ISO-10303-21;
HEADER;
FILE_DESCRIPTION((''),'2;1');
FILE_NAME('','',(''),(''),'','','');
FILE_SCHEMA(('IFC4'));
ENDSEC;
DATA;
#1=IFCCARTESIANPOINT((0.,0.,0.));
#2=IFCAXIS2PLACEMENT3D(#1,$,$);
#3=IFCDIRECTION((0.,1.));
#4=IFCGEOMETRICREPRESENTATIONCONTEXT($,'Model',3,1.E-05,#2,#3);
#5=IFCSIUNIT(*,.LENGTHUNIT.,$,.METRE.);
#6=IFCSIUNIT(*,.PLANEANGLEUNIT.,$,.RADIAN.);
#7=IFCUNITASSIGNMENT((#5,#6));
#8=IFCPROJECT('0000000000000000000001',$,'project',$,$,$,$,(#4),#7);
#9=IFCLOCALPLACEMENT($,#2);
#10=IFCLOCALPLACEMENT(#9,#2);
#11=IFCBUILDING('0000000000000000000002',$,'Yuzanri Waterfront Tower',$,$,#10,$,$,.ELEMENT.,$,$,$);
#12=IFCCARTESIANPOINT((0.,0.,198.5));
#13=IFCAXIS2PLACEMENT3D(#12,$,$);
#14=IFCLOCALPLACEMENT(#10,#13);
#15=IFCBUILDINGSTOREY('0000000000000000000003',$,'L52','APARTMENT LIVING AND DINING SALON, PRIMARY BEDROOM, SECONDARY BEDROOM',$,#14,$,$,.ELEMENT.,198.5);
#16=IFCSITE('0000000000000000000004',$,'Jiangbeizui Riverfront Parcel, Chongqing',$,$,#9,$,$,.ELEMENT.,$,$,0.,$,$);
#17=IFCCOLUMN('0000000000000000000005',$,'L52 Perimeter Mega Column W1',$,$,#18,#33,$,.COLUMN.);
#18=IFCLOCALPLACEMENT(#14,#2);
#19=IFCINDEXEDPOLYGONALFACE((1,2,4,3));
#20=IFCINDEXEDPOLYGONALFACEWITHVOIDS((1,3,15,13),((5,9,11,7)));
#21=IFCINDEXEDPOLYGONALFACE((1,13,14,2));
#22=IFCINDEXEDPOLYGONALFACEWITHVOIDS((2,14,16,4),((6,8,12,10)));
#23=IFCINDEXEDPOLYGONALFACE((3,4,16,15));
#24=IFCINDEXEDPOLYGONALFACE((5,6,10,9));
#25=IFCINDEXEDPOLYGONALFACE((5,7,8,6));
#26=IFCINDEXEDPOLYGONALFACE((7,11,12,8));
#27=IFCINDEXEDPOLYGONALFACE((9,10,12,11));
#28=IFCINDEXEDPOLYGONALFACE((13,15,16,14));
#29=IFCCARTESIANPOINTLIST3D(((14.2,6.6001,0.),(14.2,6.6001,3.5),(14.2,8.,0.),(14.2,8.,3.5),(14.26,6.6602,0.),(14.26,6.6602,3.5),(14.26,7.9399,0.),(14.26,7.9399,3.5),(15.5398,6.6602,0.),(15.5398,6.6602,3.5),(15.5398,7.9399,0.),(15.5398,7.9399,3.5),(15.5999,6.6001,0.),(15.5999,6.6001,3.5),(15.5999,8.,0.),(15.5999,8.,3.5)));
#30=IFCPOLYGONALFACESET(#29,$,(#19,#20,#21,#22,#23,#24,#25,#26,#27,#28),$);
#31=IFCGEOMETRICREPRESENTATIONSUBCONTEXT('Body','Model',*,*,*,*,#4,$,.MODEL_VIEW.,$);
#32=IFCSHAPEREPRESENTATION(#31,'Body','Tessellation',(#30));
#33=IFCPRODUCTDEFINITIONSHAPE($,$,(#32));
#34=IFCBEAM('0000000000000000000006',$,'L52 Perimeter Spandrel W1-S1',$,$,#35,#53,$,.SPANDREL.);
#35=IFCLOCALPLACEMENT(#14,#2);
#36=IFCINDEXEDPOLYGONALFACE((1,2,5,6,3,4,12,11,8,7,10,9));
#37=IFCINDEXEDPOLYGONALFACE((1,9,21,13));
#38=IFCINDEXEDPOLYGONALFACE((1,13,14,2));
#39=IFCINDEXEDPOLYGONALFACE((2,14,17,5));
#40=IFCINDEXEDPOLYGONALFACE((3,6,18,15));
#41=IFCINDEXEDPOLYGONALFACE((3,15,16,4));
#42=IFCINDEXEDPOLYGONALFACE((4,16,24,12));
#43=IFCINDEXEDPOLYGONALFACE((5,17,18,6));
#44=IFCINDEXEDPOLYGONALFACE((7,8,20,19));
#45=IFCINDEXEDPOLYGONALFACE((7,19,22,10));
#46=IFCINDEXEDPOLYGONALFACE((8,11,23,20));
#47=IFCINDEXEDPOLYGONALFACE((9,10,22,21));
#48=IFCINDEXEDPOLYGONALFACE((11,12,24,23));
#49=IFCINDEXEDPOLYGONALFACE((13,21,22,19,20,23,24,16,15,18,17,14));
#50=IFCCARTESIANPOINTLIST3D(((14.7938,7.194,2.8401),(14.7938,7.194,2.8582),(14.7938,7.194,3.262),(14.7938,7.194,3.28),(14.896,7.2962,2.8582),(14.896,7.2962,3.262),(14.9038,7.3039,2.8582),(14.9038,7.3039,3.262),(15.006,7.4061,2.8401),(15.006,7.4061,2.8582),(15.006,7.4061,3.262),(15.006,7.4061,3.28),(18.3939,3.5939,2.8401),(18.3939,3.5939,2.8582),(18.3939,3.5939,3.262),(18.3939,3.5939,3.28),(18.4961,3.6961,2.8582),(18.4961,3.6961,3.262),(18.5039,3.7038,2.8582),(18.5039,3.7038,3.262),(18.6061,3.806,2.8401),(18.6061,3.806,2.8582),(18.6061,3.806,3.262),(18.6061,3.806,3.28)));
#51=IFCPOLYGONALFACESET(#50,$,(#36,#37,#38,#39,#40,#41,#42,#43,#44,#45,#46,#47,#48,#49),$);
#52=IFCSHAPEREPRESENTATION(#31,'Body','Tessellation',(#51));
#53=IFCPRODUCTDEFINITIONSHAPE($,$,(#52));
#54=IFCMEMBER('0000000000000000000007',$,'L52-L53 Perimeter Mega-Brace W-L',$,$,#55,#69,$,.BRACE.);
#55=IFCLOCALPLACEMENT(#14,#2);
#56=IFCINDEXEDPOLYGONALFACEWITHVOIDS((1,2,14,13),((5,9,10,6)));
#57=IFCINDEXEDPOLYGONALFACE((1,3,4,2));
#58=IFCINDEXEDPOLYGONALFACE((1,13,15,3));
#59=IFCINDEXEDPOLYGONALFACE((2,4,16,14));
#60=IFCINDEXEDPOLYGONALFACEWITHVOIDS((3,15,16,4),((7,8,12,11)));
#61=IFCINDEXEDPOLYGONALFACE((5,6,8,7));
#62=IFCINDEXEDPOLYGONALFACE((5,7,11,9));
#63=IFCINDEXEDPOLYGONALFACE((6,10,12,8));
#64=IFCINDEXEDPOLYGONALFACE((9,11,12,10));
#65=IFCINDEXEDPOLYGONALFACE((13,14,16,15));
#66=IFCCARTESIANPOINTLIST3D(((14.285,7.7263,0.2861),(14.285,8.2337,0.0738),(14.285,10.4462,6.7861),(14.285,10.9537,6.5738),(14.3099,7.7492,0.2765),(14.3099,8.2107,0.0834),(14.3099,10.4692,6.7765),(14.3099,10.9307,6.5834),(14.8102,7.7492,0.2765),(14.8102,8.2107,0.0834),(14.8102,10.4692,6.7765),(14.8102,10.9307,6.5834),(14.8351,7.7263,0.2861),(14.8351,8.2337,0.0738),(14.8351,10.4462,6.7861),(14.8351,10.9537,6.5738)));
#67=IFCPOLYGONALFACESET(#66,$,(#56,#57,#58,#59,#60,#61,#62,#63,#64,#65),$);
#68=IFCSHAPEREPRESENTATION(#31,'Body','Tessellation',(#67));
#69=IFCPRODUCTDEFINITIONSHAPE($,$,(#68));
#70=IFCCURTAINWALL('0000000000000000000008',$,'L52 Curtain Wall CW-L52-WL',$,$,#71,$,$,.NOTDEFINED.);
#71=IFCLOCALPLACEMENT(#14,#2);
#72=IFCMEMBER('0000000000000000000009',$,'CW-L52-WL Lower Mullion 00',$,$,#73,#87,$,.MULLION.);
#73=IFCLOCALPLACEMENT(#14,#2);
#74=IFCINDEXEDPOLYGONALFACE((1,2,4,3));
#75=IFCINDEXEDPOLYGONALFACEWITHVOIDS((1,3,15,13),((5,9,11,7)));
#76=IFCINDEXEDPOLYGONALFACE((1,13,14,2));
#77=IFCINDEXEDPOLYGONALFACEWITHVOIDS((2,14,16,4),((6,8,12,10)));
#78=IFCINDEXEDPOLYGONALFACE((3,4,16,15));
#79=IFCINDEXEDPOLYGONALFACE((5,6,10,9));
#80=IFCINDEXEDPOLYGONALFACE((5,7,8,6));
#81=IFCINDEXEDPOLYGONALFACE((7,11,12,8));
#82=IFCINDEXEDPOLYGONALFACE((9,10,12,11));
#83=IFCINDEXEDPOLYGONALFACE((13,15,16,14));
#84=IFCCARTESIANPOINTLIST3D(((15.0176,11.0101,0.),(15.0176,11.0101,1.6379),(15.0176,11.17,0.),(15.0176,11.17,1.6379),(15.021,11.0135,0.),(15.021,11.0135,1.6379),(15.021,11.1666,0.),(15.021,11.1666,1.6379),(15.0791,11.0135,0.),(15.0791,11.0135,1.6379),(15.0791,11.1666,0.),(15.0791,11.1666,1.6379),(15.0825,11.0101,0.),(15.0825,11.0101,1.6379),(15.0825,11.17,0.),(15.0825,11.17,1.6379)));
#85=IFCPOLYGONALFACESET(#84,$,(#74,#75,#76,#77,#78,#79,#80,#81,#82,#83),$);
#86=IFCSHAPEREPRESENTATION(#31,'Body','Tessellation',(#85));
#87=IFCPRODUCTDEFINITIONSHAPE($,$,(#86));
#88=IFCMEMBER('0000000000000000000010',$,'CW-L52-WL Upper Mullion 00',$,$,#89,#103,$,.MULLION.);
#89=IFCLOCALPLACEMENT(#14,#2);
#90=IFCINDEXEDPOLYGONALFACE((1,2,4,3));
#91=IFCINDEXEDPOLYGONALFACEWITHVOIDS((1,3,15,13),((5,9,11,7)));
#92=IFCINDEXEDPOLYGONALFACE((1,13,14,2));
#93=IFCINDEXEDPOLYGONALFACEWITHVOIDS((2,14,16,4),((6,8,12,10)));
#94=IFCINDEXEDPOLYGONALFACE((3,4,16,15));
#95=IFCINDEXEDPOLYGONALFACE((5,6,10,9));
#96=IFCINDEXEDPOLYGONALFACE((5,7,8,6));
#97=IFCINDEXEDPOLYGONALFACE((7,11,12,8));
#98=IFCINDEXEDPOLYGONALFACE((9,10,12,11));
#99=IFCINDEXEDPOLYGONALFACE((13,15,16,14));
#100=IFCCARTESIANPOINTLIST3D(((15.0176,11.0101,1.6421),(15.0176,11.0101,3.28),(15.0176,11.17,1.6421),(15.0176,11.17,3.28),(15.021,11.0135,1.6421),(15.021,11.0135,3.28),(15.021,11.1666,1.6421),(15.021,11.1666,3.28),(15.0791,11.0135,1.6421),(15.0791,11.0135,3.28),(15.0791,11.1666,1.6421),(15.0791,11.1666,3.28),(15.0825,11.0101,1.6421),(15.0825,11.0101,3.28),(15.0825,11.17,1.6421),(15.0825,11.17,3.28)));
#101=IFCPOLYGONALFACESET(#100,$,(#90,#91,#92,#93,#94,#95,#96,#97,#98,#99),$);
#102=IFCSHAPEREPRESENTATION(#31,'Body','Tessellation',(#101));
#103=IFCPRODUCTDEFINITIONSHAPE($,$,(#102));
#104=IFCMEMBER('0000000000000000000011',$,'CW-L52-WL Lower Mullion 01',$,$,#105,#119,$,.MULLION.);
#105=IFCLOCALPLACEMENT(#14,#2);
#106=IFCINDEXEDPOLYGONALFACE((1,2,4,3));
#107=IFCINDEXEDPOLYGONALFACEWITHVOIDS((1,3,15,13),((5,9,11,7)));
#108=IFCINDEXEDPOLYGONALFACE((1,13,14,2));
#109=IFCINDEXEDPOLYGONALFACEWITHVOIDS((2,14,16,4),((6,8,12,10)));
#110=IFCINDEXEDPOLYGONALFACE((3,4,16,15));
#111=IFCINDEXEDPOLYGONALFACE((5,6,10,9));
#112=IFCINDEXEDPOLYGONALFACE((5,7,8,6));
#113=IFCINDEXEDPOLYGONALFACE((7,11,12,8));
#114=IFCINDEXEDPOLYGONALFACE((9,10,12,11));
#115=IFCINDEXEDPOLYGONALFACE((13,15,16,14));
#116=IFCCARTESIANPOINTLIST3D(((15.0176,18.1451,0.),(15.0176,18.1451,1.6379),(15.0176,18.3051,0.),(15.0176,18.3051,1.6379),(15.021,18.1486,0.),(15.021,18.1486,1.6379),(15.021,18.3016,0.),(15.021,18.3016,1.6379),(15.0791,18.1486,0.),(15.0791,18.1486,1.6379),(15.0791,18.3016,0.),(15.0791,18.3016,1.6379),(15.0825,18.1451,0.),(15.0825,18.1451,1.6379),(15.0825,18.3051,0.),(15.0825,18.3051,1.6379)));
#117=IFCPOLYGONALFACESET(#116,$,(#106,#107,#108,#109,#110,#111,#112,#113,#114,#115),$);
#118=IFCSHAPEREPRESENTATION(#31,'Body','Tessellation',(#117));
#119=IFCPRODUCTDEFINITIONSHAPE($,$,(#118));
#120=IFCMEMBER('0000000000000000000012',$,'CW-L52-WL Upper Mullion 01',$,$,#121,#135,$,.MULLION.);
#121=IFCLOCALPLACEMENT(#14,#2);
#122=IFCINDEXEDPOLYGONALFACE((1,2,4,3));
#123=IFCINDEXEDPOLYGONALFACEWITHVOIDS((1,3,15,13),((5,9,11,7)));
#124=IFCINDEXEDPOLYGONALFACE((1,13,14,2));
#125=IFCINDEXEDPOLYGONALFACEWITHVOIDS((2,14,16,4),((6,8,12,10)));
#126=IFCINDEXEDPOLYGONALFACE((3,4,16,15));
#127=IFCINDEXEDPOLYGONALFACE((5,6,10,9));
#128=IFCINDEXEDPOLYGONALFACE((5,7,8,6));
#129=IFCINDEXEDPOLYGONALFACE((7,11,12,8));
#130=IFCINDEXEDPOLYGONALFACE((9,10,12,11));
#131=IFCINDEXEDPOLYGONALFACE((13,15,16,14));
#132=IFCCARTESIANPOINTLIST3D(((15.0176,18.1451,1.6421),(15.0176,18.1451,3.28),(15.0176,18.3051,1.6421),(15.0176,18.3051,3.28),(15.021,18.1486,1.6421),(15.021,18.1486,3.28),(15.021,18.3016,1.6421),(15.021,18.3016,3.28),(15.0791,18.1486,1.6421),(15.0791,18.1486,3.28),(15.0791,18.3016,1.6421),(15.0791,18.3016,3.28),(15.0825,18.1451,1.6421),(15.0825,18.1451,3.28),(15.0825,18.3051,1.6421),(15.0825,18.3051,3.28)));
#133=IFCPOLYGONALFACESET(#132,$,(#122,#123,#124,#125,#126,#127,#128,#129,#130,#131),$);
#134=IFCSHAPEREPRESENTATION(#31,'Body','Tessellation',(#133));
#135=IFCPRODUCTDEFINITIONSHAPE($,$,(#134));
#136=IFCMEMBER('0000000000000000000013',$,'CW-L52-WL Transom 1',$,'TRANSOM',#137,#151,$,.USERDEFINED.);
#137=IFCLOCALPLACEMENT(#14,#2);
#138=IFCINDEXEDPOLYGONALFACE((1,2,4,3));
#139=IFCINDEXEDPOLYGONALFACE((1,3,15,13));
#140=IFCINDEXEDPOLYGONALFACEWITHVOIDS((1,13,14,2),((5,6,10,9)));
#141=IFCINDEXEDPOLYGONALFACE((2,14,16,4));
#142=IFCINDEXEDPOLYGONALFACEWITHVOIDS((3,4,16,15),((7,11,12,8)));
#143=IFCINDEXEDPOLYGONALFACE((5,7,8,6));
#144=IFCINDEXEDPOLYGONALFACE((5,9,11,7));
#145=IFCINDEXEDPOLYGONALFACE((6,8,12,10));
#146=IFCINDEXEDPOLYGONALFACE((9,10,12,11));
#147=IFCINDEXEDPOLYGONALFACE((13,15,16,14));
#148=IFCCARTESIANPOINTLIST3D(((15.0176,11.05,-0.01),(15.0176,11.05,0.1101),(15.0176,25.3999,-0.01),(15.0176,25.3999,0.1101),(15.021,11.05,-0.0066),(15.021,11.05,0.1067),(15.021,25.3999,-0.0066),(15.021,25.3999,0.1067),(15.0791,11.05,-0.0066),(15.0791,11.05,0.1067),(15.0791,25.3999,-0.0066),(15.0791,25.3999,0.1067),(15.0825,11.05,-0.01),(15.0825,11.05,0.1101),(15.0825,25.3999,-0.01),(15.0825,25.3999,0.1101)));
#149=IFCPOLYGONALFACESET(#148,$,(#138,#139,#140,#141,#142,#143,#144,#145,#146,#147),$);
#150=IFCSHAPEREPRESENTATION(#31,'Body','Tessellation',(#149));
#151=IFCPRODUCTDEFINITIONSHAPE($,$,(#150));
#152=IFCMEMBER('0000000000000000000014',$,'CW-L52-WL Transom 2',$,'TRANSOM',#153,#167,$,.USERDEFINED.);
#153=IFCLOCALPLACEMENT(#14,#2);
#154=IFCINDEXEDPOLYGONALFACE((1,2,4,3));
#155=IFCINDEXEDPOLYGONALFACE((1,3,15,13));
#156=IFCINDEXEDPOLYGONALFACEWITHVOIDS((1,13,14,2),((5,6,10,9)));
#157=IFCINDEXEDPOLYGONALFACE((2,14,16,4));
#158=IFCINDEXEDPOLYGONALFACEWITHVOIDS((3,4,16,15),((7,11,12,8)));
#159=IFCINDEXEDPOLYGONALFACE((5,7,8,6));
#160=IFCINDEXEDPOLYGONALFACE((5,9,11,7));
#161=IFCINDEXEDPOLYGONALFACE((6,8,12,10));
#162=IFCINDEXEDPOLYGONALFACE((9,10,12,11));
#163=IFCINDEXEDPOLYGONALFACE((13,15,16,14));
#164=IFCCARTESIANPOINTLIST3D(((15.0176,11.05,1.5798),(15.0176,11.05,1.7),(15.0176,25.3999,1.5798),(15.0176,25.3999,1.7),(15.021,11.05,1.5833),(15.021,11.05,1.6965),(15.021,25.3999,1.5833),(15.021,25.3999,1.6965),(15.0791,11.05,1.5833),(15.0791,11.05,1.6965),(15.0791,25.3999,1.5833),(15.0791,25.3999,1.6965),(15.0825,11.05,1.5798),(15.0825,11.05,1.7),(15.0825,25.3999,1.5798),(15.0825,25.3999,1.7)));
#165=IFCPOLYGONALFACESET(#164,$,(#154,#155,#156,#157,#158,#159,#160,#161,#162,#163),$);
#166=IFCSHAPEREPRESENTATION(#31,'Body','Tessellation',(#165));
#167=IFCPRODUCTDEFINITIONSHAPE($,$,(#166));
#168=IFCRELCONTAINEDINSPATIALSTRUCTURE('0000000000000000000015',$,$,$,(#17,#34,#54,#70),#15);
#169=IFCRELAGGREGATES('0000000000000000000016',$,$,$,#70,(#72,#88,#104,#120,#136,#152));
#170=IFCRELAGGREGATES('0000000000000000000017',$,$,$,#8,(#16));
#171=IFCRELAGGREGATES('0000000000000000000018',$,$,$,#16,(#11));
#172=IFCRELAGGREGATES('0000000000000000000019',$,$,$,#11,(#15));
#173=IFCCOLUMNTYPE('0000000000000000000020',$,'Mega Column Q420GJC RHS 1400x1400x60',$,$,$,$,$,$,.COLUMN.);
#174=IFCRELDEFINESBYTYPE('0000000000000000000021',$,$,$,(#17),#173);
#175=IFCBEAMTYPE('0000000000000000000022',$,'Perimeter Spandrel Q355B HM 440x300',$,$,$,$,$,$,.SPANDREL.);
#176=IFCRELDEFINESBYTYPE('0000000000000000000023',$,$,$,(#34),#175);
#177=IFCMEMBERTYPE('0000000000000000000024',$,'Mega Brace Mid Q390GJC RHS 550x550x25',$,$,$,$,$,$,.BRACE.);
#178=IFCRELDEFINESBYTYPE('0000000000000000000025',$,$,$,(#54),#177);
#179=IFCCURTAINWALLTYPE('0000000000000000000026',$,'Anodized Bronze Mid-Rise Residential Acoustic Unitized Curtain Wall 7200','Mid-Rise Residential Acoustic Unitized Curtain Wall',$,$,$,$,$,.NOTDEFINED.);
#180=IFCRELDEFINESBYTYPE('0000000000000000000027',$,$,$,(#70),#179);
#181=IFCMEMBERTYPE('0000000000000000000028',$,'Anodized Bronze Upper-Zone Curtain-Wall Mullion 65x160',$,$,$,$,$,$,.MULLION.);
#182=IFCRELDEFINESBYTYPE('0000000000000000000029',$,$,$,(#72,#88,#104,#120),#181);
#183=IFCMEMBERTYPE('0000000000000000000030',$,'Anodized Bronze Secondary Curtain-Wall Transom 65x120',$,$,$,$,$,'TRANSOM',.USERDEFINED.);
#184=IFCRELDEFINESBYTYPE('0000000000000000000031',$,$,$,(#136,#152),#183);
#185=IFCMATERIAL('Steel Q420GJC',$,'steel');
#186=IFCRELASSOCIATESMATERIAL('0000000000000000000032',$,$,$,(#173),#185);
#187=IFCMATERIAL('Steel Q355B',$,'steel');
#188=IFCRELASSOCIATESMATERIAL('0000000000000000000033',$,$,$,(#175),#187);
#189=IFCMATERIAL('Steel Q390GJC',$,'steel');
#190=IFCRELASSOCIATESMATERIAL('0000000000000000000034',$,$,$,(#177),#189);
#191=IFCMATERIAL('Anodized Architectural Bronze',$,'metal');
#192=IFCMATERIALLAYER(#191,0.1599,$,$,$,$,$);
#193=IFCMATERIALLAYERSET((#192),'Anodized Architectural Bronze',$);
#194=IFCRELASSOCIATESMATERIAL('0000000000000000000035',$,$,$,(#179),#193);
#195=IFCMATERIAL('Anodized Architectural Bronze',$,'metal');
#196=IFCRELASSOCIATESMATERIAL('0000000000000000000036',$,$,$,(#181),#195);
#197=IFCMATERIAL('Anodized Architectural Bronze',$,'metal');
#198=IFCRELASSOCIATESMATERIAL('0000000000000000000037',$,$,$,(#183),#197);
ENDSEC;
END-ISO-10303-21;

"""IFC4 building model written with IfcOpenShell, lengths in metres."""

from ifc_helpers import new_model, si_unit, direction, frame, origin, origin_2d, place, context, subcontext, project, spatial, hollow_rectangle, i_section, extrude, source, transform, mapped, material, layer, layer_set, material_profile, profile_set, type_object, element, aggregate, save


model = new_model("IFC4")

# Units and contexts
model_context = context("Model", 3, precision=1e-05, world=origin(), true_north=direction((0.0, 1.0)))
body_context = subcontext(model_context, "Body", "Model", "MODEL_VIEW")
ifc_project = project(units=[si_unit("LENGTHUNIT", "METRE"), si_unit("PLANEANGLEUNIT", "RADIAN")], contexts=[model_context])

# Site, building, storey
site_placement = place(None, origin())
site = spatial("IfcSite", under=ifc_project, at=site_placement, Name="Jiangbeizui Riverfront Parcel, Chongqing", CompositionType="ELEMENT", RefElevation=0.0)
building_placement = place(site_placement, origin())
building = spatial("IfcBuilding", under=site, at=building_placement, Name="Yuzanri Waterfront Tower", CompositionType="ELEMENT")
storey_placement = place(building_placement, frame((0.0, 0.0, 198.5)))
storey = spatial("IfcBuildingStorey", under=building, at=storey_placement, Name="L52", Description="APARTMENT LIVING AND DINING SALON, PRIMARY BEDROOM, SECONDARY BEDROOM", CompositionType="ELEMENT", Elevation=198.5)

# Column
ifc_material_1 = material(Name="Steel Q420GJC", Category="steel")
ifc_material_profile_1 = material_profile(ifc_material_1, hollow_rectangle(XDim=1.3999, YDim=1.3999, WallThickness=0.0601, at=origin_2d()), Name="RHS 1400x1400x60")
ifc_profile_set_1 = profile_set([ifc_material_profile_1], Name="Steel Q420GJC")
column_type = type_object("IfcColumnType", Name="Mega Column Q420GJC RHS 1400x1400x60", PredefinedType="COLUMN", material=ifc_profile_set_1)
shared_shape_1 = source(origin(), body_context, "Body", "SweptSolid", [
    extrude(hollow_rectangle(XDim=1.3999, YDim=1.3999, WallThickness=0.0601, at=origin_2d()), origin(), (0.0, 0.0, 1.0), 3.5),
])
column_placement = place(storey_placement, frame((14.8999, 7.3, 0.0), z_axis=(0.0, 0.0, 1.0), x_axis=(1.0, 0.0, 0.0)))
element("IfcColumn", 1, at=column_placement, inside=storey, type_object=column_type, Name="L52 Perimeter Mega Column W1", PredefinedType="COLUMN", context=body_context, shape_type="MappedRepresentation", body=[
    mapped(shared_shape_1, transform((0.0, 0.0, 0.0), scale=1.0)),
])

# Beam
ifc_material_2 = material(Name="Steel Q355B", Category="steel")
ifc_material_profile_2 = material_profile(ifc_material_2, i_section(OverallWidth=0.3, OverallDepth=0.4399, WebThickness=0.011, FlangeThickness=0.0181, at=origin_2d()), Name="HM 440x300x11x18")
ifc_profile_set_2 = profile_set([ifc_material_profile_2], Name="Steel Q355B")
beam_type = type_object("IfcBeamType", Name="Perimeter Spandrel Q355B HM 440x300", PredefinedType="SPANDREL", material=ifc_profile_set_2)
shared_shape_2 = source(origin(), body_context, "Body", "SweptSolid", [
    extrude(i_section(OverallWidth=0.3, OverallDepth=0.4399, WebThickness=0.011, FlangeThickness=0.0181, at=origin_2d()), origin(), (0.0, 0.0, 1.0), 5.0913),
])
beam_placement = place(storey_placement, frame((14.8999, 7.3, 3.0601), z_axis=(0.707107, -0.707107, 0.0), x_axis=(0.707107, 0.707107, 0.0)))
element("IfcBeam", 2, at=beam_placement, inside=storey, type_object=beam_type, Name="L52 Perimeter Spandrel W1-S1", PredefinedType="SPANDREL", context=body_context, shape_type="MappedRepresentation", body=[
    mapped(shared_shape_2, transform((0.0, 0.0, 0.0), scale=1.0)),
])

# Member
ifc_material_3 = material(Name="Steel Q390GJC", Category="steel")
ifc_material_profile_3 = material_profile(ifc_material_3, hollow_rectangle(XDim=0.55, YDim=0.55, WallThickness=0.0249, at=origin_2d()), Name="RHS 550x550x25")
ifc_profile_set_3 = profile_set([ifc_material_profile_3], Name="Steel Q390GJC")
member_type_1 = type_object("IfcMemberType", Name="Mega Brace Mid Q390GJC RHS 550x550x25", PredefinedType="BRACE", material=ifc_profile_set_3)
shared_shape_3 = source(origin(), body_context, "Body", "SweptSolid", [
    extrude(hollow_rectangle(XDim=0.55, YDim=0.55, WallThickness=0.0249, at=origin_2d()), origin(), (0.0, 0.0, 1.0), 7.0461),
])
member_1_placement = place(storey_placement, frame((14.5601, 7.98, 0.1799), z_axis=(0.0, 0.386022, 0.922489), x_axis=(-1.0, 0.0, 0.0)))
element("IfcMember", 3, at=member_1_placement, inside=storey, type_object=member_type_1, Name="L52-L53 Perimeter Mega-Brace W-L", PredefinedType="BRACE", context=body_context, shape_type="MappedRepresentation", body=[
    mapped(shared_shape_3, transform((0.0, 0.0, 0.0), scale=1.0)),
])

# Curtain wall, members
ifc_material_4 = material(Name="Anodized Architectural Bronze", Category="metal")
ifc_layer_1 = layer(ifc_material_4, 0.1599)
ifc_layer_set_1 = layer_set([ifc_layer_1], Name="Anodized Architectural Bronze")
curtain_wall_type = type_object("IfcCurtainWallType", Name="Anodized Bronze Mid-Rise Residential Acoustic Unitized Curtain Wall 7200", Description="Mid-Rise Residential Acoustic Unitized Curtain Wall", PredefinedType="NOTDEFINED", material=ifc_layer_set_1)
curtain_wall_placement = place(storey_placement, origin())
curtain_wall = element("IfcCurtainWall", 4, at=curtain_wall_placement, inside=storey, type_object=curtain_wall_type, Name="L52 Curtain Wall CW-L52-WL", PredefinedType="NOTDEFINED")
ifc_material_5 = material(Name="Anodized Architectural Bronze", Category="metal")
ifc_material_profile_4 = material_profile(ifc_material_5, hollow_rectangle(XDim=0.0649, YDim=0.1599, WallThickness=0.0034, at=origin_2d()), Name="CWM 65x160")
ifc_profile_set_4 = profile_set([ifc_material_profile_4], Name="Anodized Architectural Bronze")
member_type_2 = type_object("IfcMemberType", Name="Anodized Bronze Upper-Zone Curtain-Wall Mullion 65x160", PredefinedType="MULLION", material=ifc_profile_set_4)
shared_shape_4 = source(origin(), body_context, "Body", "SweptSolid", [
    extrude(hollow_rectangle(XDim=0.0649, YDim=0.1599, WallThickness=0.0034, at=origin_2d()), origin(), (0.0, 0.0, 1.0), 1.6379),
])
member_2_placement = place(storey_placement, frame((15.05, 11.0901, 0.0), z_axis=(0.0, 0.0, 1.0), x_axis=(1.0, 0.0, 0.0)))
member_2 = element("IfcMember", 5, at=member_2_placement, type_object=member_type_2, Name="CW-L52-WL Lower Mullion 00", PredefinedType="MULLION", context=body_context, shape_type="MappedRepresentation", body=[
    mapped(shared_shape_4, transform((0.0, 0.0, 0.0), scale=1.0)),
])
member_3_placement = place(storey_placement, frame((15.05, 11.0901, 1.6421), z_axis=(0.0, 0.0, 1.0), x_axis=(1.0, 0.0, 0.0)))
member_3 = element("IfcMember", 6, at=member_3_placement, type_object=member_type_2, Name="CW-L52-WL Upper Mullion 00", PredefinedType="MULLION", context=body_context, shape_type="MappedRepresentation", body=[
    mapped(shared_shape_4, transform((0.0, 0.0, 0.0), scale=1.0)),
])
member_4_placement = place(storey_placement, frame((15.05, 18.2251, 0.0), z_axis=(0.0, 0.0, 1.0), x_axis=(1.0, 0.0, 0.0)))
member_4 = element("IfcMember", 7, at=member_4_placement, type_object=member_type_2, Name="CW-L52-WL Lower Mullion 01", PredefinedType="MULLION", context=body_context, shape_type="MappedRepresentation", body=[
    mapped(shared_shape_4, transform((0.0, 0.0, 0.0), scale=1.0)),
])
member_5_placement = place(storey_placement, frame((15.05, 18.2251, 1.6421), z_axis=(0.0, 0.0, 1.0), x_axis=(1.0, 0.0, 0.0)))
member_5 = element("IfcMember", 8, at=member_5_placement, type_object=member_type_2, Name="CW-L52-WL Upper Mullion 01", PredefinedType="MULLION", context=body_context, shape_type="MappedRepresentation", body=[
    mapped(shared_shape_4, transform((0.0, 0.0, 0.0), scale=1.0)),
])
ifc_material_6 = material(Name="Anodized Architectural Bronze", Category="metal")
ifc_material_profile_5 = material_profile(ifc_material_6, hollow_rectangle(XDim=0.0649, YDim=0.1201, WallThickness=0.0034, at=origin_2d()), Name="CWT 65x120")
ifc_profile_set_5 = profile_set([ifc_material_profile_5], Name="Anodized Architectural Bronze")
member_type_3 = type_object("IfcMemberType", Name="Anodized Bronze Secondary Curtain-Wall Transom 65x120", ElementType="TRANSOM", PredefinedType="USERDEFINED", material=ifc_profile_set_5)
shared_shape_5 = source(origin(), body_context, "Body", "SweptSolid", [
    extrude(hollow_rectangle(XDim=0.0649, YDim=0.1201, WallThickness=0.0034, at=origin_2d()), origin(), (0.0, 0.0, 1.0), 14.3499),
])
member_6_placement = place(storey_placement, frame((15.05, 11.05, 0.05), z_axis=(0.0, 1.0, 0.0), x_axis=(-1.0, 0.0, 0.0)))
member_6 = element("IfcMember", 9, at=member_6_placement, type_object=member_type_3, Name="CW-L52-WL Transom 1", ObjectType="TRANSOM", PredefinedType="USERDEFINED", context=body_context, shape_type="MappedRepresentation", body=[
    mapped(shared_shape_5, transform((0.0, 0.0, 0.0), scale=1.0)),
])
member_7_placement = place(storey_placement, frame((15.05, 11.05, 1.6399), z_axis=(0.0, 1.0, 0.0), x_axis=(-1.0, 0.0, 0.0)))
member_7 = element("IfcMember", 10, at=member_7_placement, type_object=member_type_3, Name="CW-L52-WL Transom 2", ObjectType="TRANSOM", PredefinedType="USERDEFINED", context=body_context, shape_type="MappedRepresentation", body=[
    mapped(shared_shape_5, transform((0.0, 0.0, 0.0), scale=1.0)),
])

aggregate(curtain_wall, [member_2, member_3, member_4, member_5, member_6, member_7])

save(model, "model.ifc")
